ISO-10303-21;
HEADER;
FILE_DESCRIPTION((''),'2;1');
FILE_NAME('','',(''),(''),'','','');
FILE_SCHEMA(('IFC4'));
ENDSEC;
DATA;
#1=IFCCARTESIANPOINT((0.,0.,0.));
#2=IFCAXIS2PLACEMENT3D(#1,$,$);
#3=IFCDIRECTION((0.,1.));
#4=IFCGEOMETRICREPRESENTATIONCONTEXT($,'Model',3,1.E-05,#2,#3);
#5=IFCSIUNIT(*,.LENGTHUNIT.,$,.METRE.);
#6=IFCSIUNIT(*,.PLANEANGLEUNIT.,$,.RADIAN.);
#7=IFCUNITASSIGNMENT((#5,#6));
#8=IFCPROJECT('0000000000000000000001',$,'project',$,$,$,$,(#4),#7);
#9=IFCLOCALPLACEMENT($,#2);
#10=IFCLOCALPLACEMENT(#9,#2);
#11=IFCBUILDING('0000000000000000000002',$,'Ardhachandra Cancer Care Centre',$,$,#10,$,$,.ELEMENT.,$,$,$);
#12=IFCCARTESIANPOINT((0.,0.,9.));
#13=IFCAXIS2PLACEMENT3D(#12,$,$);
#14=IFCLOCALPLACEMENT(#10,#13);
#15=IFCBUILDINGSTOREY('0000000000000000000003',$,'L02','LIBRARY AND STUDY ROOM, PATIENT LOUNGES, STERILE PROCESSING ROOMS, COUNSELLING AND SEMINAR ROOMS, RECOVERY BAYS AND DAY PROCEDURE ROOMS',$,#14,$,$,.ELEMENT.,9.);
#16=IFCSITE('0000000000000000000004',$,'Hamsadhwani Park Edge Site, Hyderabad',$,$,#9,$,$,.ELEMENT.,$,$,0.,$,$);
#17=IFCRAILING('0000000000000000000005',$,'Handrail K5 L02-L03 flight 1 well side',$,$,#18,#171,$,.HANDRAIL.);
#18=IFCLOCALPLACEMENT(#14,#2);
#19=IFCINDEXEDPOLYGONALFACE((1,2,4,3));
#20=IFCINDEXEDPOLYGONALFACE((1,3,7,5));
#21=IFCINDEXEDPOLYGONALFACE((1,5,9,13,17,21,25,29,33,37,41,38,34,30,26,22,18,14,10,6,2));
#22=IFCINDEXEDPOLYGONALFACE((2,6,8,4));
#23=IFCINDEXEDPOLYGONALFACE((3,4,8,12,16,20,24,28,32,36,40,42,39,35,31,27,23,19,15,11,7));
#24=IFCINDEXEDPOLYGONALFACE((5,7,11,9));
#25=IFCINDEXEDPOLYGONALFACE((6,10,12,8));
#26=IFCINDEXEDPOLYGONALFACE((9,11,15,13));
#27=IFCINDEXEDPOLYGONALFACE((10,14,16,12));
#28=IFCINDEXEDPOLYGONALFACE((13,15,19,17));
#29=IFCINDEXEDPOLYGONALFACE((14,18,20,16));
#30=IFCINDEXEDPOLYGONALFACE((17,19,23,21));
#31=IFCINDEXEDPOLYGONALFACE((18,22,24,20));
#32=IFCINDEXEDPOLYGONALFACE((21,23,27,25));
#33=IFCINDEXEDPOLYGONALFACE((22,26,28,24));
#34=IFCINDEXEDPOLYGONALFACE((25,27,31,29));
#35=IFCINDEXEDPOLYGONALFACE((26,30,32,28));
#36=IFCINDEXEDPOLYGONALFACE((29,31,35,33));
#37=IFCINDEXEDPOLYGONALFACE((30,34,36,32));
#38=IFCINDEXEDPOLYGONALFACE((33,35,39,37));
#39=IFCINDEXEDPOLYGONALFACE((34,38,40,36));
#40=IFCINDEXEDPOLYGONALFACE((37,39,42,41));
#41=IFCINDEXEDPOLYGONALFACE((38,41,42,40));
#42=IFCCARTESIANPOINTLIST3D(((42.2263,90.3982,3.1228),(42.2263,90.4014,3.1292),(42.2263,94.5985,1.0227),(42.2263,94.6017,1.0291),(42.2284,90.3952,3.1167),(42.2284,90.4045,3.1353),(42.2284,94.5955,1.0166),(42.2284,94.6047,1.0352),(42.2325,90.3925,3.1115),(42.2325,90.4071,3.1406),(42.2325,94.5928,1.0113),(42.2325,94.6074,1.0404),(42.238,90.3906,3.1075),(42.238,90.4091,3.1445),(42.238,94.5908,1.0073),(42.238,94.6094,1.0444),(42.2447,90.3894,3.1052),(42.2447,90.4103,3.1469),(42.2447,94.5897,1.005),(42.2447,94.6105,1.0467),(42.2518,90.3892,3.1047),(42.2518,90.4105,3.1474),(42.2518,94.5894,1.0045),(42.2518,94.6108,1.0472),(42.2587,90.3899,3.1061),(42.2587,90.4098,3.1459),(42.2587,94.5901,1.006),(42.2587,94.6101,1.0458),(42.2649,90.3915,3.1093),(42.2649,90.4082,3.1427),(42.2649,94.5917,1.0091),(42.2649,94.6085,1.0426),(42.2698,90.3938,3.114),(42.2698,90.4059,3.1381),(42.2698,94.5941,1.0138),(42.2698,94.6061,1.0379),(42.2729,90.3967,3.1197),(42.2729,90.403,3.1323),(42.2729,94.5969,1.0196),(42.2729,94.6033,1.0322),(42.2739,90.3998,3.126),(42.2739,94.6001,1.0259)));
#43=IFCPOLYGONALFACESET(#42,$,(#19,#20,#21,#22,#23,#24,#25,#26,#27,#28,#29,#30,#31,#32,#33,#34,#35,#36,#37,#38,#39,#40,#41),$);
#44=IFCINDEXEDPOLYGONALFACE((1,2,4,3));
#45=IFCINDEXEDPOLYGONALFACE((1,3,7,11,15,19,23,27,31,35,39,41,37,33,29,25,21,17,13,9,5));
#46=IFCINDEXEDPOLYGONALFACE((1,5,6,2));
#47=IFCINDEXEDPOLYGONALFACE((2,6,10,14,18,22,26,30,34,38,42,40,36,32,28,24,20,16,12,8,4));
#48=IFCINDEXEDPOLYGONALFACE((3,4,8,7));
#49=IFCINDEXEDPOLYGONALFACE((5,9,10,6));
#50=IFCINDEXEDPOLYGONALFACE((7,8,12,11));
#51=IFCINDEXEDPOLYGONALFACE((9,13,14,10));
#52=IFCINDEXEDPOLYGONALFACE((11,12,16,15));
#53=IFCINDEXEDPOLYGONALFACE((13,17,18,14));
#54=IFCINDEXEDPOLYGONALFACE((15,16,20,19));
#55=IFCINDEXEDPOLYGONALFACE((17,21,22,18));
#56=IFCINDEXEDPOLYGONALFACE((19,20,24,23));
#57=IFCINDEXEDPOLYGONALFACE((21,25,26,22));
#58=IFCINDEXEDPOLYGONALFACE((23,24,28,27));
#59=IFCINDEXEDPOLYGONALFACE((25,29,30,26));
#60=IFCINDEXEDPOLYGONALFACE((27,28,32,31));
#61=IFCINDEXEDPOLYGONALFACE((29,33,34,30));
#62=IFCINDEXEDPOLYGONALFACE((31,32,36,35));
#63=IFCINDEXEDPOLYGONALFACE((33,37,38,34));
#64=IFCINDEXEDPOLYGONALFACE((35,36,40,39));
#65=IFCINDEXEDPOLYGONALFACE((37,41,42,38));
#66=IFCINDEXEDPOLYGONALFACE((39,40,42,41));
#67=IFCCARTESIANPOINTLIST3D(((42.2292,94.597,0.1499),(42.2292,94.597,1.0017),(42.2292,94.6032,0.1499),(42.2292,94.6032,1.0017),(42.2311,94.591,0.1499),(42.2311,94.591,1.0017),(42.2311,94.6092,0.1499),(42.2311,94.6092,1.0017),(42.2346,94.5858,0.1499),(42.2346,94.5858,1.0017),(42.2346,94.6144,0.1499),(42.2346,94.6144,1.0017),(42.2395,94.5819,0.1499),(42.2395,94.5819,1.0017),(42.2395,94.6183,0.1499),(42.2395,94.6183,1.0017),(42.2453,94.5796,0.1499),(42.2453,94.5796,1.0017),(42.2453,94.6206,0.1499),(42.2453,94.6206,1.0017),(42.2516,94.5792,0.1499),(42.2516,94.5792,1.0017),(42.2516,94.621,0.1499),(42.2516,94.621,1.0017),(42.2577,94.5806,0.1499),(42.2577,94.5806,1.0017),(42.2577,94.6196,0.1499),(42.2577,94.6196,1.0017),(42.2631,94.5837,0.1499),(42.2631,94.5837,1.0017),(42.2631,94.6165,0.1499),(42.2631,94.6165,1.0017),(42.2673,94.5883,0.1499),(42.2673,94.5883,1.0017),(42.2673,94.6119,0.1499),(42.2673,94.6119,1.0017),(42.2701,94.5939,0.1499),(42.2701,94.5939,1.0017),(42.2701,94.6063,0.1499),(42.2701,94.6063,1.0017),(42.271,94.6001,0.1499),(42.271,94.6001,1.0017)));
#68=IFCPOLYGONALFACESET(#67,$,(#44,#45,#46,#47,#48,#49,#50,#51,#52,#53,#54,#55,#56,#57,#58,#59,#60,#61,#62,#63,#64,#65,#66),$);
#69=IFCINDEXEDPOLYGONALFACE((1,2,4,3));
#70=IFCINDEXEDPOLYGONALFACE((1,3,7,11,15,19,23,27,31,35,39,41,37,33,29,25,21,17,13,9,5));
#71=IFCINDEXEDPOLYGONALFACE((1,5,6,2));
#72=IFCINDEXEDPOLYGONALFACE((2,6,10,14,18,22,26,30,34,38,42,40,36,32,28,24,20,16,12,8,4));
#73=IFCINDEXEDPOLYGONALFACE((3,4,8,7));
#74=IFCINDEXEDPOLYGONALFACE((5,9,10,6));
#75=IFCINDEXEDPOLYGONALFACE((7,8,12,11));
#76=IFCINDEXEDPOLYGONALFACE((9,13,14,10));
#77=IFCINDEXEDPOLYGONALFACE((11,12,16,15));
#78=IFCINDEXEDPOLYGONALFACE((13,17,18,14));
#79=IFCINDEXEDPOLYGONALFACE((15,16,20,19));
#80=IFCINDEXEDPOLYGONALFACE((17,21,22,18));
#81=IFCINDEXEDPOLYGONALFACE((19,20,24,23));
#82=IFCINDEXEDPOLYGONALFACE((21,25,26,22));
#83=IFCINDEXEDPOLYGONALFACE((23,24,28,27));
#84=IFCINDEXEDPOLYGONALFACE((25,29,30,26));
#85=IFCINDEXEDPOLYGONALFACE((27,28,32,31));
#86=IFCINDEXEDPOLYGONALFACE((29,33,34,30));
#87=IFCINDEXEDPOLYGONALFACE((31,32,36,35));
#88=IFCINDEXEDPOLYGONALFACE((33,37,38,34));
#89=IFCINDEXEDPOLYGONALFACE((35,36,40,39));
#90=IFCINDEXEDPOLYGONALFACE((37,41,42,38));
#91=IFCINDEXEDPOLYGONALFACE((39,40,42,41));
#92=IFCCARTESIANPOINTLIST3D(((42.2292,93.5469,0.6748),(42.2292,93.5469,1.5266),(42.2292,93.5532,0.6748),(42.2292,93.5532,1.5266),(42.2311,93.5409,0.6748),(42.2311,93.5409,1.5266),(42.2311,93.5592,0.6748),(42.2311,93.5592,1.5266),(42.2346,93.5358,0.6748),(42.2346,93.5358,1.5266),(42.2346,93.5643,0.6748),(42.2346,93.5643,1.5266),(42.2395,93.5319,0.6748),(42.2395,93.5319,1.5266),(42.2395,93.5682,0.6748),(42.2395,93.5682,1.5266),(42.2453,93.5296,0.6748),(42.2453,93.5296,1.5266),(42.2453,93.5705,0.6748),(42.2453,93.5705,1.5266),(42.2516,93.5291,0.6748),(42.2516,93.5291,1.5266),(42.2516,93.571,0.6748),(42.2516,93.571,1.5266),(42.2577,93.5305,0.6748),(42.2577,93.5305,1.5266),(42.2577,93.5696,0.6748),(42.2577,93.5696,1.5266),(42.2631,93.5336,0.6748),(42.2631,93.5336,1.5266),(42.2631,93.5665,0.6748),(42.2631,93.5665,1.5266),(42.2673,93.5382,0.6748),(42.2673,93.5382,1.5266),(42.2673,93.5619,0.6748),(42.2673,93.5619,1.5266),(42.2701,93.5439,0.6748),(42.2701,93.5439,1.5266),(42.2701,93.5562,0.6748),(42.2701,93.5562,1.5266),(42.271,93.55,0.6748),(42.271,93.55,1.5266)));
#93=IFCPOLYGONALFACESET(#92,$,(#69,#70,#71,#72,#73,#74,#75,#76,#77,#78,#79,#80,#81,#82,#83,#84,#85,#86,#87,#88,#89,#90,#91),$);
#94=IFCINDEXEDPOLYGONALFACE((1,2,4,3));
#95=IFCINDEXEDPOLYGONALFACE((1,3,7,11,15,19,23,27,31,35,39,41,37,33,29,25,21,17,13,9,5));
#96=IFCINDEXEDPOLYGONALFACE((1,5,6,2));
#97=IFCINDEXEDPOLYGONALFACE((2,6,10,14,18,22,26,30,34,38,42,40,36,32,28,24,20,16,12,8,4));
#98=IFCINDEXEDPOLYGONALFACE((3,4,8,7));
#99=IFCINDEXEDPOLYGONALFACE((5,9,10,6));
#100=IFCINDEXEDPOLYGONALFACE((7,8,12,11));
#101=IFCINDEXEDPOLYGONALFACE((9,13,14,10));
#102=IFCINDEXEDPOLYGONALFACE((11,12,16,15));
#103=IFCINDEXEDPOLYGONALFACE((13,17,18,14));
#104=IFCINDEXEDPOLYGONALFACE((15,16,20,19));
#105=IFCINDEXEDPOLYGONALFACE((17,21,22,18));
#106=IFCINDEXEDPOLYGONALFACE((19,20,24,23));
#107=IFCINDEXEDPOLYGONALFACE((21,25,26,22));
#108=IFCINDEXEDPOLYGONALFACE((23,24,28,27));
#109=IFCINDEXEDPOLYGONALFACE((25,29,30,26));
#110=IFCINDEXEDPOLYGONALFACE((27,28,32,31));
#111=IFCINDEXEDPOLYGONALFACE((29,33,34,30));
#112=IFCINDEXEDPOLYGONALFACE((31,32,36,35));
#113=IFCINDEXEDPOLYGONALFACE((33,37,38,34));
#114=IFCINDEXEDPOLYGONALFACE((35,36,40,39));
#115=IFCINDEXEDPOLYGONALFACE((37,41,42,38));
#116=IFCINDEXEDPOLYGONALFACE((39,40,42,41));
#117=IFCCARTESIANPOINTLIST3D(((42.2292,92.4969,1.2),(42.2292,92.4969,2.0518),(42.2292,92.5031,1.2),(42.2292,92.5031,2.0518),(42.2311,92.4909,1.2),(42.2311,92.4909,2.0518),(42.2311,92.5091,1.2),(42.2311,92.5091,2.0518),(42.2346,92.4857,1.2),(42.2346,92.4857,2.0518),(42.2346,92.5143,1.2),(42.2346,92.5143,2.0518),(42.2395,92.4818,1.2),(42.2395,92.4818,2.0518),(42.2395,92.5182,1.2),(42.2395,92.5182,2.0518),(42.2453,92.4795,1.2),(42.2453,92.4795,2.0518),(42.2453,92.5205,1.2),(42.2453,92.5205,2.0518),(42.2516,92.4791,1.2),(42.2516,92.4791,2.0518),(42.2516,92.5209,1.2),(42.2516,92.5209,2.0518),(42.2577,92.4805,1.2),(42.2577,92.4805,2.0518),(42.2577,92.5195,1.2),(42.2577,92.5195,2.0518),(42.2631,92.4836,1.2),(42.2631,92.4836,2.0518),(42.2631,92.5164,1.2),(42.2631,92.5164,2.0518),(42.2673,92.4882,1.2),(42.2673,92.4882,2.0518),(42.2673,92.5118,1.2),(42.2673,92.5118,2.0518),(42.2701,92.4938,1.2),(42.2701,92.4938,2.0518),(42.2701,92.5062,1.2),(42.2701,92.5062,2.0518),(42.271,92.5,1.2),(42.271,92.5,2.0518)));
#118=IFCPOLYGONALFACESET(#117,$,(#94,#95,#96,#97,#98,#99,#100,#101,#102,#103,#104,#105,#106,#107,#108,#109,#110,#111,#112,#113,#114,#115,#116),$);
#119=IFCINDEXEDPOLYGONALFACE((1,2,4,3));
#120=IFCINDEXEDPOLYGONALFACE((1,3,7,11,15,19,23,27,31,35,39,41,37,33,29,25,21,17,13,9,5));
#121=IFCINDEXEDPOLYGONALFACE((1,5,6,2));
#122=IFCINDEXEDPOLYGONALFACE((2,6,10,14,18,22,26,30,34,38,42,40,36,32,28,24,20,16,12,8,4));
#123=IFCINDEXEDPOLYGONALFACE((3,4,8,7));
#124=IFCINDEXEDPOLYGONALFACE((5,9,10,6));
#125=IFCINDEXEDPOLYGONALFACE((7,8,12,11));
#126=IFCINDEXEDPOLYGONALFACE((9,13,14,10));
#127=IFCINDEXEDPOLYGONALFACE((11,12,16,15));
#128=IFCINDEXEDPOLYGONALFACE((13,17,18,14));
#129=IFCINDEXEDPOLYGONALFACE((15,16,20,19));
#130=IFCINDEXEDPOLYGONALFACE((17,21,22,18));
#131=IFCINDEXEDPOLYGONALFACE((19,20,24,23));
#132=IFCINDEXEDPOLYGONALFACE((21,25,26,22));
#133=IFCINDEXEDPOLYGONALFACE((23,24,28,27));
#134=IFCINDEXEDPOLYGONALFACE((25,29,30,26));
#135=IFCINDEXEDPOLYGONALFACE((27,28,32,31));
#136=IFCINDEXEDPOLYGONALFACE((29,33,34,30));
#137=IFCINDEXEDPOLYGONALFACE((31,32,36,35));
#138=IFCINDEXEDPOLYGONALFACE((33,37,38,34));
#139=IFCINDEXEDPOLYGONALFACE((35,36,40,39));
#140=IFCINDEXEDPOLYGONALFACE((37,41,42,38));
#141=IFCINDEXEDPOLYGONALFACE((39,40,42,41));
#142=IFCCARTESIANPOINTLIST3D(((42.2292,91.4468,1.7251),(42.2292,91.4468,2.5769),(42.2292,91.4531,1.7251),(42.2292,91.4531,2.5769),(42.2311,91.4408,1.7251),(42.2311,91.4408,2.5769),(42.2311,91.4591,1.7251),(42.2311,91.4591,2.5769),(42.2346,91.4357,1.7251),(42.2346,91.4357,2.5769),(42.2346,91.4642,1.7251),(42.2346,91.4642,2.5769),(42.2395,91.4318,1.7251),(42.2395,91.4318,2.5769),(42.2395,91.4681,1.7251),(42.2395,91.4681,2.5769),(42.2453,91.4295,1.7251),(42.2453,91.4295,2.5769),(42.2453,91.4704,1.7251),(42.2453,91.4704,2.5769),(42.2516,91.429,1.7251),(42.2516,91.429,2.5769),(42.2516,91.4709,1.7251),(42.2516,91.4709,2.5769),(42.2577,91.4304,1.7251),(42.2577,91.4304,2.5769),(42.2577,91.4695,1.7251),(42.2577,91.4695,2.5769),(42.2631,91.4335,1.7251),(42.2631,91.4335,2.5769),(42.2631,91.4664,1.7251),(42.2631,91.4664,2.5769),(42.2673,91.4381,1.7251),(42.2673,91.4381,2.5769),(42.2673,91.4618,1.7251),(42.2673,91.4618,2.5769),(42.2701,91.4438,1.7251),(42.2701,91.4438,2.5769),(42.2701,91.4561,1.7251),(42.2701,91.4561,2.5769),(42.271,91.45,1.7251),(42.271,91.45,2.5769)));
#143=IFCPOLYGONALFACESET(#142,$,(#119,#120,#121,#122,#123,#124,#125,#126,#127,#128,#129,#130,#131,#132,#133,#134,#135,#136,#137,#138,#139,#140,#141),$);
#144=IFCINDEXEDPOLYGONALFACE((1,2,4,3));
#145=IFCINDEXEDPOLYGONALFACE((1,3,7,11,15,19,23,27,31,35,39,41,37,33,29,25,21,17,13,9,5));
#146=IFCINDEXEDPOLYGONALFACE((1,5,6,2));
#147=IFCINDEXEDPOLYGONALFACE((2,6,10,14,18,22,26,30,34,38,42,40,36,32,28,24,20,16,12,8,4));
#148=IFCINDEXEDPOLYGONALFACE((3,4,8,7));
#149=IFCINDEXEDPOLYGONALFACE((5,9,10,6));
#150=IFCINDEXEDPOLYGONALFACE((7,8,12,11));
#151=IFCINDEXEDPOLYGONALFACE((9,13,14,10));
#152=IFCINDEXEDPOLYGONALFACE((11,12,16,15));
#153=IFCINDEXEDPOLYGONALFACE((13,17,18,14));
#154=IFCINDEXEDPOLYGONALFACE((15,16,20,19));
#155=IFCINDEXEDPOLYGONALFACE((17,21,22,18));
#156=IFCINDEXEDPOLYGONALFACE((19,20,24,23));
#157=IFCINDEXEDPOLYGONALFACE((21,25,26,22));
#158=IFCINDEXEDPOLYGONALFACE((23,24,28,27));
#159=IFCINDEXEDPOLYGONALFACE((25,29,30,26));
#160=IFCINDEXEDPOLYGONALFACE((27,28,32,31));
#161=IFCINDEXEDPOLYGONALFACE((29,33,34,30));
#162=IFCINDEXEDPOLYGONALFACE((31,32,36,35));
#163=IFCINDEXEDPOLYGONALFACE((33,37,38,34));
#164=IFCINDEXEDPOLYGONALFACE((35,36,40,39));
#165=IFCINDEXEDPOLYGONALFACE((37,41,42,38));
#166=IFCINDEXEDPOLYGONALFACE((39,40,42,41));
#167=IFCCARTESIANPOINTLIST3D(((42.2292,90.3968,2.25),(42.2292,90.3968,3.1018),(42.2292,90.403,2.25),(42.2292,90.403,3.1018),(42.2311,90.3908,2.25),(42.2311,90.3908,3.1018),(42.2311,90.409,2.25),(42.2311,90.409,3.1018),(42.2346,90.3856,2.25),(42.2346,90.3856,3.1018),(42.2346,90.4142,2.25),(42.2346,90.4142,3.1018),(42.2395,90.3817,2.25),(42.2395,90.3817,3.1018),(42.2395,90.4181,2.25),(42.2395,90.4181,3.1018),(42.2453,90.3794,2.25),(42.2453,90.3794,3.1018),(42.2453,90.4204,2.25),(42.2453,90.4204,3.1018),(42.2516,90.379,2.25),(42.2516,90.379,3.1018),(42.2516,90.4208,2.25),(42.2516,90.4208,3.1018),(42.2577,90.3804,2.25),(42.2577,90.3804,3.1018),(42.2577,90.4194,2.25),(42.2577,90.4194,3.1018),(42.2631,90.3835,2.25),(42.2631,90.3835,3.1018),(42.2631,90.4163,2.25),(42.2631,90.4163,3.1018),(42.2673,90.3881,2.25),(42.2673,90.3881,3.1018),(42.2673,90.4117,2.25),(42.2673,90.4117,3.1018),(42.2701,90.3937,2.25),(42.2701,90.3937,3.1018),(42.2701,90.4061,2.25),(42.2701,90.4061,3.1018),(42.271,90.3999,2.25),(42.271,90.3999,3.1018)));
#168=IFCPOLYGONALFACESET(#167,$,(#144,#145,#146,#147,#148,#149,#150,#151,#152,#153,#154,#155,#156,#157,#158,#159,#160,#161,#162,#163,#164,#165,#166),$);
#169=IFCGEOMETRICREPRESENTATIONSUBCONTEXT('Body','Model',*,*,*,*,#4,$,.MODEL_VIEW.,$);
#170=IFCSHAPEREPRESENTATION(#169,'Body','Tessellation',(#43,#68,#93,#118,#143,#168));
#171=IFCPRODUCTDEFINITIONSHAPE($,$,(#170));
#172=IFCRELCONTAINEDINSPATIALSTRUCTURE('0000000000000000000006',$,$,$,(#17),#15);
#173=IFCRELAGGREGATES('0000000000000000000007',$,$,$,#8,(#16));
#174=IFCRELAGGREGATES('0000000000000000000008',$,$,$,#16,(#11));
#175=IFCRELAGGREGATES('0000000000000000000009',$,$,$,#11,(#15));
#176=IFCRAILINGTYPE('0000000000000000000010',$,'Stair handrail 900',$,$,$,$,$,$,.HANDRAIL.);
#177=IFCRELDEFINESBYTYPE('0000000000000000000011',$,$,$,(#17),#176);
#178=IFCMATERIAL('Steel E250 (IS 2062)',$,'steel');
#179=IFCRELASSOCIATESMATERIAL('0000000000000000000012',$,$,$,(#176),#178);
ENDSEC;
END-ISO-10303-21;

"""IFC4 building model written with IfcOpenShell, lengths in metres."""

from ifc_helpers import new_model, si_unit, direction, frame, origin, origin_2d, place, context, subcontext, project, spatial, circle, extrude, material, type_object, element, save


model = new_model("IFC4")

# Units and contexts
model_context = context("Model", 3, precision=1e-05, world=origin(), true_north=direction((0.0, 1.0)))
body_context = subcontext(model_context, "Body", "Model", "MODEL_VIEW")
ifc_project = project(units=[si_unit("LENGTHUNIT", "METRE"), si_unit("PLANEANGLEUNIT", "RADIAN")], contexts=[model_context])

# Site, building, storey
site_placement = place(None, origin())
site = spatial("IfcSite", under=ifc_project, at=site_placement, Name="Hamsadhwani Park Edge Site, Hyderabad", CompositionType="ELEMENT", RefElevation=0.0)
building_placement = place(site_placement, origin())
building = spatial("IfcBuilding", under=site, at=building_placement, Name="Ardhachandra Cancer Care Centre", CompositionType="ELEMENT")
storey_placement = place(building_placement, frame((0.0, 0.0, 9.0)))
storey = spatial("IfcBuildingStorey", under=building, at=storey_placement, Name="L02", Description="LIBRARY AND STUDY ROOM, PATIENT LOUNGES, STERILE PROCESSING ROOMS, COUNSELLING AND SEMINAR ROOMS, RECOVERY BAYS AND DAY PROCEDURE ROOMS", CompositionType="ELEMENT", Elevation=9.0)

# Railing
ifc_material_1 = material(Name="Steel E250 (IS 2062)", Category="steel")
railing_type_1 = type_object("IfcRailingType", Name="Stair handrail 900", PredefinedType="HANDRAIL", material=ifc_material_1)
for number, where, name in (
    (1, (42.25, 94.6001, 0.1499), "Handrail K5 L02-L03 flight 1 well side"),
):
    element("IfcRailing", number, at=place(storey_placement, frame(where)), inside=storey, type_object=railing_type_1, Name=name, PredefinedType="HANDRAIL", context=body_context, shape_type="SweptSolid", body=[
        extrude(circle(Radius=0.0239, at=origin_2d()), frame((0.0, 0.0, 0.876), z_axis=(0.0, -0.894427, 0.447214), x_axis=(1.0, 0.0, 0.0)), (0.0, 0.0, 1.0), 4.696),
        extrude(circle(Radius=0.021, at=origin_2d()), origin(), (0.0, 0.0, 1.0), 0.8518),
        extrude(circle(Radius=0.021, at=origin_2d()), frame((0.0, -1.05, 0.5249)), (0.0, 0.0, 1.0), 0.8518),
        extrude(circle(Radius=0.021, at=origin_2d()), frame((0.0, -2.1001, 1.05)), (0.0, 0.0, 1.0), 0.8518),
        extrude(circle(Radius=0.021, at=origin_2d()), frame((0.0, -3.1501, 1.5752)), (0.0, 0.0, 1.0), 0.8518),
        extrude(circle(Radius=0.021, at=origin_2d()), frame((0.0, -4.2002, 2.1001)), (0.0, 0.0, 1.0), 0.8518),
    ])

save(model, "model.ifc")
